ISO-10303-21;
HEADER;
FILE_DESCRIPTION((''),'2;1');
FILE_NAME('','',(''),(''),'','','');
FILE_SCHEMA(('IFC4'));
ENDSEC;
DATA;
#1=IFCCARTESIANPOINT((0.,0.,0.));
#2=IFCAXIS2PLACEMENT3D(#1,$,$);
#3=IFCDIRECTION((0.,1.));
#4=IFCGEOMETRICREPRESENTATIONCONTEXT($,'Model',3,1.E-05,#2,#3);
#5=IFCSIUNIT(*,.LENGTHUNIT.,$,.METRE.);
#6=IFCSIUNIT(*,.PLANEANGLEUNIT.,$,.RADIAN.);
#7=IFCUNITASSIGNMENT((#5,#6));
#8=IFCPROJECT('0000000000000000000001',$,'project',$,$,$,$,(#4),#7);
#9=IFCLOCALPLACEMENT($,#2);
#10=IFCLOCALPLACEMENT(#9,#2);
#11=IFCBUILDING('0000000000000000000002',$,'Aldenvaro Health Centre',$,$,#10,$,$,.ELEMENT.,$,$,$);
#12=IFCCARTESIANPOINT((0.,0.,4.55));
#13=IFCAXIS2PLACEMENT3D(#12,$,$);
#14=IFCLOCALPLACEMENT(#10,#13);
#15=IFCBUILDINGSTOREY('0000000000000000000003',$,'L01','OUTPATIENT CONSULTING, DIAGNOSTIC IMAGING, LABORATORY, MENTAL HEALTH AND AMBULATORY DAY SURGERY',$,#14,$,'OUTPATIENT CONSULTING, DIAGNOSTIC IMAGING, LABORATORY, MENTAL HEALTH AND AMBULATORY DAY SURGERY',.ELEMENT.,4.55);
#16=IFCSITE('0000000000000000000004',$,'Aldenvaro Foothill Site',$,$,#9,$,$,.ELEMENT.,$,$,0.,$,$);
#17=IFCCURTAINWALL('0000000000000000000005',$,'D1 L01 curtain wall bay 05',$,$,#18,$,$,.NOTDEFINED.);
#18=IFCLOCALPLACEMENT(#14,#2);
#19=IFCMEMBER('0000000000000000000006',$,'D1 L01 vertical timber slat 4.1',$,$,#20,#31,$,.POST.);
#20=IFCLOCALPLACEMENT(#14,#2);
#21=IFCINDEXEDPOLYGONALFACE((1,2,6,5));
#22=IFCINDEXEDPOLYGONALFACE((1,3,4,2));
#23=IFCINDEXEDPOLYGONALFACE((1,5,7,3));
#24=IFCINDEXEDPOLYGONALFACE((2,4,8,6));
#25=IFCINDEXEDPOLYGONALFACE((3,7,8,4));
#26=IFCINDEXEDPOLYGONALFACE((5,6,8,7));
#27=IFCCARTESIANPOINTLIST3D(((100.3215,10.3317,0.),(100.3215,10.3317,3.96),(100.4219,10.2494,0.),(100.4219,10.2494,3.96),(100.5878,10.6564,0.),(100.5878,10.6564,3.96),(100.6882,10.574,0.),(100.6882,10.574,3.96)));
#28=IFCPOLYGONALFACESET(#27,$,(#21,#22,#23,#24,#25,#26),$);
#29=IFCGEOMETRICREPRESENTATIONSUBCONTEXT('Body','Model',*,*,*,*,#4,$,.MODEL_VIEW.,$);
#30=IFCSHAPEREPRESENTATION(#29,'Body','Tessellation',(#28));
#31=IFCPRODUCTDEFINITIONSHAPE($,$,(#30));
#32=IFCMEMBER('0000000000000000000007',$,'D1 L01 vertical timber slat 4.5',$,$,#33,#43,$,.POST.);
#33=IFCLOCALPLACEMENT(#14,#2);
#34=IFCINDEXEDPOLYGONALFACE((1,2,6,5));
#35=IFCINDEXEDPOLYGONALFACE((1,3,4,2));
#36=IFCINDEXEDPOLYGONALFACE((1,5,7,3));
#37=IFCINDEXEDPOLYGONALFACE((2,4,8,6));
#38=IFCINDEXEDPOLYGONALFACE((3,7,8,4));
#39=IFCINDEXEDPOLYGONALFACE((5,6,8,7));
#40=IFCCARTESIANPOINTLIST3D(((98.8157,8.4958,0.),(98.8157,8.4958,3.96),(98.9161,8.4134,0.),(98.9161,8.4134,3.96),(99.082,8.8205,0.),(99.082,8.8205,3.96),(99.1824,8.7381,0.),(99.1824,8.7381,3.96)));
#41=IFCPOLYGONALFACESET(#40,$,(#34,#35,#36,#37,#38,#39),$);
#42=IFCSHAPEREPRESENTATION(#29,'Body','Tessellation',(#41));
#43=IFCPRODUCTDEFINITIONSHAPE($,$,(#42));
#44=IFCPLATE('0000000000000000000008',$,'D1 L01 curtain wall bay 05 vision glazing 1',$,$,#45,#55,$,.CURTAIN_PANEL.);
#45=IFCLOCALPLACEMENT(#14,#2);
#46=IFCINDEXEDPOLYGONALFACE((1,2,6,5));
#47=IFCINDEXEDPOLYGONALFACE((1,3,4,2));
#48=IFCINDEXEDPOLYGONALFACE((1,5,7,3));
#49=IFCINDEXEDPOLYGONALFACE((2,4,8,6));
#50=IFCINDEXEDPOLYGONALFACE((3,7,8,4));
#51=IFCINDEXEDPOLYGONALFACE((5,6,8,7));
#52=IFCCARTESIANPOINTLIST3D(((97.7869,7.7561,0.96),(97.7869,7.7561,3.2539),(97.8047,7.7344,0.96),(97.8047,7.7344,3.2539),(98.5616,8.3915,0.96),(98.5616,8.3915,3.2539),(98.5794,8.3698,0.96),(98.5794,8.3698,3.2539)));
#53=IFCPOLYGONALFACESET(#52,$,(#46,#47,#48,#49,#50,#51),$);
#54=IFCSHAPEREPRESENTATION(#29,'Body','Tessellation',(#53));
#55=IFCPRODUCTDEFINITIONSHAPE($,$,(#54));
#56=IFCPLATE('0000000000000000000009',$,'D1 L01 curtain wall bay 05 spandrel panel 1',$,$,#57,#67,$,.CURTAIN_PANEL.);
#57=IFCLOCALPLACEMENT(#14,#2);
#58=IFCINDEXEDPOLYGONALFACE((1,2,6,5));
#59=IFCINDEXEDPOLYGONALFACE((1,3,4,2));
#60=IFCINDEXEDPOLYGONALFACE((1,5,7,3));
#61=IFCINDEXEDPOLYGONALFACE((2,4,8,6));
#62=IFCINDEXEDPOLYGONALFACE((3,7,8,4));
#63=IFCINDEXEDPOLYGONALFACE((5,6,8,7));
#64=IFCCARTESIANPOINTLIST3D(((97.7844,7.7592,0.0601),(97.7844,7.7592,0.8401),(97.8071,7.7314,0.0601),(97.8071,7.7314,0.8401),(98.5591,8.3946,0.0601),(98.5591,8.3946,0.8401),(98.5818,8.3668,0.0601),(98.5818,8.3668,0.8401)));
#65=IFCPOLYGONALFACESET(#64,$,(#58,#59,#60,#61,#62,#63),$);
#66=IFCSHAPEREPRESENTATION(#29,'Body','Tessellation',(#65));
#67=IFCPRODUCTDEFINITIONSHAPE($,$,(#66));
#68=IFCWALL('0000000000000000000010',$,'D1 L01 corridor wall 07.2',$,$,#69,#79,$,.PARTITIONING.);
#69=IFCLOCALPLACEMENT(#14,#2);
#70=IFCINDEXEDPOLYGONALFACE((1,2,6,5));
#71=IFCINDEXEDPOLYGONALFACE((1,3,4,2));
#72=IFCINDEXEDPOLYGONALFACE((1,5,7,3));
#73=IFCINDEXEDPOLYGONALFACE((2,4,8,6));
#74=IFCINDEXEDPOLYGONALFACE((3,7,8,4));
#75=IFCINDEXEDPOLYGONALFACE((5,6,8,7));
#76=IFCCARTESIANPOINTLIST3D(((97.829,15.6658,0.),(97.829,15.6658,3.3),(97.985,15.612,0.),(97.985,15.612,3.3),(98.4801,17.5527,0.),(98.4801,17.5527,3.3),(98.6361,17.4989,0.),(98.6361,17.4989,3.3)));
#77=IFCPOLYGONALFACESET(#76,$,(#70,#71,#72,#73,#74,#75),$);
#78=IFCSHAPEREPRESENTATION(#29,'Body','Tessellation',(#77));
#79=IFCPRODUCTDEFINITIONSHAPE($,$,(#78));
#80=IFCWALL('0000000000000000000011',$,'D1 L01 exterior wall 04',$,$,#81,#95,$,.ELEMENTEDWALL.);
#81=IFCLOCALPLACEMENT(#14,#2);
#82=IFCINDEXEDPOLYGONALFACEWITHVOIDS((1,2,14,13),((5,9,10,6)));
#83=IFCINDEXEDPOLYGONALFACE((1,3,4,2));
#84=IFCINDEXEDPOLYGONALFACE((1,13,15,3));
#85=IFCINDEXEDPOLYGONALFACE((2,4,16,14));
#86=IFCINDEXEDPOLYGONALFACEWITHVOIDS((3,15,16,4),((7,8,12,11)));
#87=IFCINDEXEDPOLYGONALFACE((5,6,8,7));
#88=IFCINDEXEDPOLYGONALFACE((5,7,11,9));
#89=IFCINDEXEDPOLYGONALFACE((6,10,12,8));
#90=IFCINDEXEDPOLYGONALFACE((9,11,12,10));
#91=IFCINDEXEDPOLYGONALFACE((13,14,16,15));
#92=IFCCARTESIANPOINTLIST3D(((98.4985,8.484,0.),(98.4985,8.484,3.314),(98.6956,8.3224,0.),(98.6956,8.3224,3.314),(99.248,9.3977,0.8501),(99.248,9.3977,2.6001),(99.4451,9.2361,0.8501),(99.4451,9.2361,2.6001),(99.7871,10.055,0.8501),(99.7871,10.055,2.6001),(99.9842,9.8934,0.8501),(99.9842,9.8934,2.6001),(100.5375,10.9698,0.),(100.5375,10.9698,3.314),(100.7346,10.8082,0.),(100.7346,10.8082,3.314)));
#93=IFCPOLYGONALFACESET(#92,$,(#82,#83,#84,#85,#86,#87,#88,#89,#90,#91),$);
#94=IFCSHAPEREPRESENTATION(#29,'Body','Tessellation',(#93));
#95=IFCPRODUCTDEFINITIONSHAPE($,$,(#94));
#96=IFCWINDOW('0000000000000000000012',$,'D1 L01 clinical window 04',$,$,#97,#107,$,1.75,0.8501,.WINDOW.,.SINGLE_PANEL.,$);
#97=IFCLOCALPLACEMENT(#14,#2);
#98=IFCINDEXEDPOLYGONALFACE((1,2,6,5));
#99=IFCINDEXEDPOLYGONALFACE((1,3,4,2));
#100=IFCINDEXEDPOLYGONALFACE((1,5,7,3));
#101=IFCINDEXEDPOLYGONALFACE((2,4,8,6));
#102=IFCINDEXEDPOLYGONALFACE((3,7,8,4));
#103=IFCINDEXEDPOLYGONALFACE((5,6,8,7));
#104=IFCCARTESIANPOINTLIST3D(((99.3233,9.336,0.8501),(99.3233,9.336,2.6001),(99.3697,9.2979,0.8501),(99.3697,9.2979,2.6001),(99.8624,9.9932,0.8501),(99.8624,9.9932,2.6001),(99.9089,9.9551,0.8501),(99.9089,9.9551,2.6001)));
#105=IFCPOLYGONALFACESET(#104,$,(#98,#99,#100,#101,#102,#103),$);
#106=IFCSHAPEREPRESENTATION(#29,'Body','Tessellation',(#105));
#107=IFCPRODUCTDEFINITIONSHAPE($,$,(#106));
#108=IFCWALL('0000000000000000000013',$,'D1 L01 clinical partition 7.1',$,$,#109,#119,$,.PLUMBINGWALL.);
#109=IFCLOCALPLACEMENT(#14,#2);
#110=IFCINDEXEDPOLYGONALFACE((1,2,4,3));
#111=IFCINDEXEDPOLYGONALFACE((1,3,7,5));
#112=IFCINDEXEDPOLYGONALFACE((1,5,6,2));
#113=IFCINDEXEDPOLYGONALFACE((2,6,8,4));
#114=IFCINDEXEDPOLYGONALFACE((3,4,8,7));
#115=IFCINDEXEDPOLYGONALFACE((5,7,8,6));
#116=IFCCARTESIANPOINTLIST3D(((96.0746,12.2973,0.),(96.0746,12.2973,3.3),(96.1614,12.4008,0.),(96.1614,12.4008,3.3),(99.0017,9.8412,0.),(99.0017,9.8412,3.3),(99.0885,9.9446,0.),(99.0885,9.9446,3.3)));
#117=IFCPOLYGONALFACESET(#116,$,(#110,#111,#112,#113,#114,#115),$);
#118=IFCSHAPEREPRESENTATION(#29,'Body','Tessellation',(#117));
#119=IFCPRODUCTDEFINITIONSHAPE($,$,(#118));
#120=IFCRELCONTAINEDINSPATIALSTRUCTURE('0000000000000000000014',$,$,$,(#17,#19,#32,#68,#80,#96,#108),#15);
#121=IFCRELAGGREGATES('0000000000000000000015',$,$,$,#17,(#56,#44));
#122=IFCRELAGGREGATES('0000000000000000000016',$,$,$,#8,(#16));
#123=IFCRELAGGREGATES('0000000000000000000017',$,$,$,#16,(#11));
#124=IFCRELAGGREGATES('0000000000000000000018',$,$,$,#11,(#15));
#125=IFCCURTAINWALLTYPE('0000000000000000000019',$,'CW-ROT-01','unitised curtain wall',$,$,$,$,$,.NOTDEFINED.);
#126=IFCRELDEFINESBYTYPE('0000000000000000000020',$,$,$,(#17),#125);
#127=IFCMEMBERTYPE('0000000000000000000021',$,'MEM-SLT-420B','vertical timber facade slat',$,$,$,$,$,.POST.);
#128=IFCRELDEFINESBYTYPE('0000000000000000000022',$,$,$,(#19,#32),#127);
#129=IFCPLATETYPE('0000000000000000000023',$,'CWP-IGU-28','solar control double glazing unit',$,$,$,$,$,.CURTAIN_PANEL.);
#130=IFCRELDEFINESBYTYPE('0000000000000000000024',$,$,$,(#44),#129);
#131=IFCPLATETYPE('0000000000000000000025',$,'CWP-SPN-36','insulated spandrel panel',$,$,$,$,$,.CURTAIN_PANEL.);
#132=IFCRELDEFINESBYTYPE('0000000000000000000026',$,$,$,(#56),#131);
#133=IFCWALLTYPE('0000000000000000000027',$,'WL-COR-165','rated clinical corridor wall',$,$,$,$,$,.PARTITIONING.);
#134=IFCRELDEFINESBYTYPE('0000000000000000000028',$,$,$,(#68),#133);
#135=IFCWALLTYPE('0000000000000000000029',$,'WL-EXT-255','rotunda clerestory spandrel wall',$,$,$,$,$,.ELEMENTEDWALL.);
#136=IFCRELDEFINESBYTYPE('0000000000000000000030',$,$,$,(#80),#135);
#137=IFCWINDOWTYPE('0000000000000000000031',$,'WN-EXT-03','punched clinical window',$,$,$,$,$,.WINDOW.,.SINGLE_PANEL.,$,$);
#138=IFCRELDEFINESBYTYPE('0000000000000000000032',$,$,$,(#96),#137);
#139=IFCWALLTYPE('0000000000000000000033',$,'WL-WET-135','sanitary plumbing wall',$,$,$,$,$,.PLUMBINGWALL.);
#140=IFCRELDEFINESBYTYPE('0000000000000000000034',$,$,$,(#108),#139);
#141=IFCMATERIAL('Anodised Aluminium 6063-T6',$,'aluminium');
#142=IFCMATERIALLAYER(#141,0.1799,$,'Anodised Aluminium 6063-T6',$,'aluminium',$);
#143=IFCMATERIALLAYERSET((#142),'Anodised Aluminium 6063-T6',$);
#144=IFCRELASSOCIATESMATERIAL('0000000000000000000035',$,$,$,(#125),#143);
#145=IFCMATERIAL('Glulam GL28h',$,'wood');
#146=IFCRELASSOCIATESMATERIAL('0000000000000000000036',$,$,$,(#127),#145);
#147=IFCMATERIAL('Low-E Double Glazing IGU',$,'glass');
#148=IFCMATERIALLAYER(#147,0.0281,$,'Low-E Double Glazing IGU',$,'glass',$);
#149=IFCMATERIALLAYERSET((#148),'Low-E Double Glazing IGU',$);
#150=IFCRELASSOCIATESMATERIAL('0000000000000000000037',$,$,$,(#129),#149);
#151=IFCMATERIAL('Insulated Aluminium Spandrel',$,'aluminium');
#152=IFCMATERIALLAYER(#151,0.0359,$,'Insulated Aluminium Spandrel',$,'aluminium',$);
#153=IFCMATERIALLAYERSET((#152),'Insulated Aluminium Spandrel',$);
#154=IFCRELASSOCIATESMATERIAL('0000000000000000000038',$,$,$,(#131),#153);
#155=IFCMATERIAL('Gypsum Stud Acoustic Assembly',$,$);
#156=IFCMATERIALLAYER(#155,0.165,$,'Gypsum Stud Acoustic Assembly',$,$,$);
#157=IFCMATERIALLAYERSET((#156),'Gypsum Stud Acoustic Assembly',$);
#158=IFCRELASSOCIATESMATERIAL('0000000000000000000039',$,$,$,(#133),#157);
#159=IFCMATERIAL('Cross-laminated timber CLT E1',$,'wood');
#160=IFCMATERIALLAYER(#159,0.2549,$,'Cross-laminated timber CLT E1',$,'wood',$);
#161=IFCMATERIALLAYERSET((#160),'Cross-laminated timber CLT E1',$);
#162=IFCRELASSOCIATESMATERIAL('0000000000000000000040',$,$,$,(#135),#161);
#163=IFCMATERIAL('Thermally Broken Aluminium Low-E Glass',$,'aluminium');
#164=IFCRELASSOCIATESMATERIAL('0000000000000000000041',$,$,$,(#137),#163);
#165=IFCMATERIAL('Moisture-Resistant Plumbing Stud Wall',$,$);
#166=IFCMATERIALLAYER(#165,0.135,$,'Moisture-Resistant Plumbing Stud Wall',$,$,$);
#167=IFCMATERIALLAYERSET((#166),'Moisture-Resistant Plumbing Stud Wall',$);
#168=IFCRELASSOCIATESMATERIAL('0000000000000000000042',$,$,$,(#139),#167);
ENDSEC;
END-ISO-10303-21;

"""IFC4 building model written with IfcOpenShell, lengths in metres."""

from ifc_helpers import new_model, si_unit, direction, frame, frame_2d, origin, origin_2d, place, context, subcontext, project, spatial, rectangle, extrude, material, layer, layer_set, material_profile, profile_set, type_object, element, fill, aggregate, save


model = new_model("IFC4")

# Units and contexts
model_context = context("Model", 3, precision=1e-05, world=origin(), true_north=direction((0.0, 1.0)))
body_context = subcontext(model_context, "Body", "Model", "MODEL_VIEW")
ifc_project = project(units=[si_unit("LENGTHUNIT", "METRE"), si_unit("PLANEANGLEUNIT", "RADIAN")], contexts=[model_context])

# Site, building, storey
site_placement = place(None, origin())
site = spatial("IfcSite", under=ifc_project, at=site_placement, Name="Aldenvaro Foothill Site", CompositionType="ELEMENT", RefElevation=0.0)
building_placement = place(site_placement, origin())
building = spatial("IfcBuilding", under=site, at=building_placement, Name="Aldenvaro Health Centre", CompositionType="ELEMENT")
storey_placement = place(building_placement, frame((0.0, 0.0, 4.55)))
storey = spatial("IfcBuildingStorey", under=building, at=storey_placement, Name="L01", Description="OUTPATIENT CONSULTING, DIAGNOSTIC IMAGING, LABORATORY, MENTAL HEALTH AND AMBULATORY DAY SURGERY", LongName="OUTPATIENT CONSULTING, DIAGNOSTIC IMAGING, LABORATORY, MENTAL HEALTH AND AMBULATORY DAY SURGERY", CompositionType="ELEMENT", Elevation=4.55)

# Shared definitions
ifc_material_1 = material(Name="Glulam GL28h", Category="wood")

# Curtain wall
ifc_material_2 = material(Name="Anodised Aluminium 6063-T6", Category="aluminium")
ifc_layer_1 = layer(ifc_material_2, 0.1799, Name="Anodised Aluminium 6063-T6", Category="aluminium")
ifc_layer_set_1 = layer_set([ifc_layer_1], Name="Anodised Aluminium 6063-T6")
curtain_wall_type = type_object("IfcCurtainWallType", Name="CW-ROT-01", Description="unitised curtain wall", PredefinedType="NOTDEFINED", material=ifc_layer_set_1)
curtain_wall_placement = place(storey_placement, origin())
curtain_wall = element("IfcCurtainWall", 1, at=curtain_wall_placement, inside=storey, type_object=curtain_wall_type, Name="D1 L01 curtain wall bay 05", PredefinedType="NOTDEFINED")

# Members
ifc_material_profile_1 = material_profile(ifc_material_1, rectangle(XDim=0.1299, YDim=0.4199, at=origin_2d()), Name="GL 130x420", Category="wood")
ifc_profile_set_1 = profile_set([ifc_material_profile_1], Name="Glulam GL28h")
member_type_1 = type_object("IfcMemberType", Name="MEM-SLT-420B", Description="vertical timber facade slat", PredefinedType="POST", material=ifc_profile_set_1)
for number, where, z_axis, x_axis, name in (
    (2, (100.5049, 10.4529, 0.0), (0.0, 0.0, 1.0), (0.773195, -0.634169, 0.0), "D1 L01 vertical timber slat 4.1"),
    (3, (98.999, 8.6169, 0.0), (0.0, 0.0, 1.0), (0.773195, -0.634169, 0.0), "D1 L01 vertical timber slat 4.5"),
):
    element("IfcMember", number, at=place(storey_placement, frame(where, z_axis=z_axis, x_axis=x_axis)), inside=storey, type_object=member_type_1, Name=name, PredefinedType="POST", context=body_context, shape_type="SweptSolid", body=[
        extrude(rectangle(XDim=0.1299, YDim=0.4199, at=origin_2d()), origin(), (0.0, 0.0, 1.0), 3.96),
    ])

# Plates
ifc_material_3 = material(Name="Low-E Double Glazing IGU", Category="glass")
ifc_layer_2 = layer(ifc_material_3, 0.0281, Name="Low-E Double Glazing IGU", Category="glass")
ifc_layer_set_2 = layer_set([ifc_layer_2], Name="Low-E Double Glazing IGU")
plate_type_1 = type_object("IfcPlateType", Name="CWP-IGU-28", Description="solar control double glazing unit", PredefinedType="CURTAIN_PANEL", material=ifc_layer_set_2)
plate_1_placement = place(storey_placement, frame((98.1831, 8.063, 0.96), z_axis=(0.0, 0.0, 1.0), x_axis=(-0.773195, -0.634169, 0.0)))
plate_1 = element("IfcPlate", 4, at=plate_1_placement, type_object=plate_type_1, Name="D1 L01 curtain wall bay 05 vision glazing 1", PredefinedType="CURTAIN_PANEL", context=body_context, shape_type="SweptSolid", body=[
    extrude(rectangle(XDim=1.002, YDim=0.0281, at=origin_2d()), origin(), (0.0, 0.0, 1.0), 2.2939),
])
ifc_material_4 = material(Name="Insulated Aluminium Spandrel", Category="aluminium")
ifc_layer_3 = layer(ifc_material_4, 0.0359, Name="Insulated Aluminium Spandrel", Category="aluminium")
ifc_layer_set_3 = layer_set([ifc_layer_3], Name="Insulated Aluminium Spandrel")
plate_type_2 = type_object("IfcPlateType", Name="CWP-SPN-36", Description="insulated spandrel panel", PredefinedType="CURTAIN_PANEL", material=ifc_layer_set_3)
plate_2_placement = place(storey_placement, frame((98.1831, 8.063, 0.0601), z_axis=(0.0, 0.0, 1.0), x_axis=(-0.773195, -0.634169, 0.0)))
plate_2 = element("IfcPlate", 5, at=plate_2_placement, type_object=plate_type_2, Name="D1 L01 curtain wall bay 05 spandrel panel 1", PredefinedType="CURTAIN_PANEL", context=body_context, shape_type="SweptSolid", body=[
    extrude(rectangle(XDim=1.002, YDim=0.0359, at=origin_2d()), origin(), (0.0, 0.0, 1.0), 0.78),
])
aggregate(curtain_wall, [plate_2, plate_1])

# Wall
ifc_material_5 = material(Name="Gypsum Stud Acoustic Assembly")
ifc_layer_4 = layer(ifc_material_5, 0.165, Name="Gypsum Stud Acoustic Assembly")
ifc_layer_set_4 = layer_set([ifc_layer_4], Name="Gypsum Stud Acoustic Assembly")
wall_type_1 = type_object("IfcWallType", Name="WL-COR-165", Description="rated clinical corridor wall", PredefinedType="PARTITIONING", material=ifc_layer_set_4)
wall_1_placement = place(storey_placement, frame((97.907, 15.6389, 0.0), z_axis=(0.0, 0.0, 1.0), x_axis=(0.32619, 0.945304, 0.0)))
element("IfcWall", 6, at=wall_1_placement, inside=storey, type_object=wall_type_1, Name="D1 L01 corridor wall 07.2", PredefinedType="PARTITIONING", context=body_context, shape_type="SweptSolid", body=[
    extrude(rectangle(XDim=1.9961, YDim=0.165, at=frame_2d((0.998, 0.0))), origin(), (0.0, 0.0, 1.0), 3.3),
])

# Wall, opening, window
ifc_material_6 = material(Name="Cross-laminated timber CLT E1", Category="wood")
ifc_layer_5 = layer(ifc_material_6, 0.2549, Name="Cross-laminated timber CLT E1", Category="wood")
ifc_layer_set_5 = layer_set([ifc_layer_5], Name="Cross-laminated timber CLT E1")
wall_type_2 = type_object("IfcWallType", Name="WL-EXT-255", Description="rotunda clerestory spandrel wall", PredefinedType="ELEMENTEDWALL", material=ifc_layer_set_5)
wall_2_placement = place(storey_placement, frame((100.636, 10.8889, 0.0), z_axis=(0.0, 0.0, 1.0), x_axis=(-0.634205, -0.773165, 0.0)))
wall_2 = element("IfcWall", 7, at=wall_2_placement, inside=storey, type_object=wall_type_2, Name="D1 L01 exterior wall 04", PredefinedType="ELEMENTEDWALL", context=body_context, shape_type="SweptSolid", body=[
    extrude(rectangle(XDim=3.2151, YDim=0.2549, at=frame_2d((1.6074, 0.0))), origin(), (0.0, 0.0, 1.0), 3.314),
])
opening_placement = place(wall_2_placement, frame((1.1831, 0.0, 0.8501)))
opening = element("IfcOpeningElement", 8, at=opening_placement, cuts=wall_2, PredefinedType="OPENING", context=body_context, shape_type="SweptSolid", body=[
    extrude(rectangle(XDim=0.8501, YDim=1.75, at=frame_2d((0.425, 0.875))), frame((0.0, 0.1375, 0.0), z_axis=(0.0, -1.0, 0.0), x_axis=(1.0, 0.0, 0.0)), (0.0, 0.0, 1.0), 0.2749),
])
ifc_material_7 = material(Name="Thermally Broken Aluminium Low-E Glass", Category="aluminium")
window_type = type_object("IfcWindowType", Name="WN-EXT-03", Description="punched clinical window", PartitioningType="SINGLE_PANEL", PredefinedType="WINDOW", material=ifc_material_7)
window_placement = place(opening_placement, origin())
window = element("IfcWindow", 9, at=window_placement, inside=storey, type_object=window_type, Name="D1 L01 clinical window 04", OverallHeight=1.75, OverallWidth=0.8501, PartitioningType="SINGLE_PANEL", PredefinedType="WINDOW", context=body_context, shape_type="SweptSolid", body=[
    extrude(rectangle(XDim=0.8501, YDim=1.75, at=frame_2d((0.425, 0.875))), frame((0.0, 0.03, 0.0), z_axis=(0.0, -1.0, 0.0), x_axis=(1.0, 0.0, 0.0)), (0.0, 0.0, 1.0), 0.0601),
])
fill(opening, window)

# Wall
ifc_material_8 = material(Name="Moisture-Resistant Plumbing Stud Wall")
ifc_layer_6 = layer(ifc_material_8, 0.135, Name="Moisture-Resistant Plumbing Stud Wall")
ifc_layer_set_6 = layer_set([ifc_layer_6], Name="Moisture-Resistant Plumbing Stud Wall")
wall_type_3 = type_object("IfcWallType", Name="WL-WET-135", Description="sanitary plumbing wall", PredefinedType="PLUMBINGWALL", material=ifc_layer_set_6)
wall_3_placement = place(storey_placement, frame((96.1179, 12.3491, 0.0), z_axis=(0.0, 0.0, 1.0), x_axis=(0.766043, -0.642789, 0.0)))
element("IfcWall", 10, at=wall_3_placement, inside=storey, type_object=wall_type_3, Name="D1 L01 clinical partition 7.1", PredefinedType="PLUMBINGWALL", context=body_context, shape_type="SweptSolid", body=[
    extrude(rectangle(XDim=3.821, YDim=0.135, at=frame_2d((1.9106, 0.0))), origin(), (0.0, 0.0, 1.0), 3.3),
])

save(model, "model.ifc")
